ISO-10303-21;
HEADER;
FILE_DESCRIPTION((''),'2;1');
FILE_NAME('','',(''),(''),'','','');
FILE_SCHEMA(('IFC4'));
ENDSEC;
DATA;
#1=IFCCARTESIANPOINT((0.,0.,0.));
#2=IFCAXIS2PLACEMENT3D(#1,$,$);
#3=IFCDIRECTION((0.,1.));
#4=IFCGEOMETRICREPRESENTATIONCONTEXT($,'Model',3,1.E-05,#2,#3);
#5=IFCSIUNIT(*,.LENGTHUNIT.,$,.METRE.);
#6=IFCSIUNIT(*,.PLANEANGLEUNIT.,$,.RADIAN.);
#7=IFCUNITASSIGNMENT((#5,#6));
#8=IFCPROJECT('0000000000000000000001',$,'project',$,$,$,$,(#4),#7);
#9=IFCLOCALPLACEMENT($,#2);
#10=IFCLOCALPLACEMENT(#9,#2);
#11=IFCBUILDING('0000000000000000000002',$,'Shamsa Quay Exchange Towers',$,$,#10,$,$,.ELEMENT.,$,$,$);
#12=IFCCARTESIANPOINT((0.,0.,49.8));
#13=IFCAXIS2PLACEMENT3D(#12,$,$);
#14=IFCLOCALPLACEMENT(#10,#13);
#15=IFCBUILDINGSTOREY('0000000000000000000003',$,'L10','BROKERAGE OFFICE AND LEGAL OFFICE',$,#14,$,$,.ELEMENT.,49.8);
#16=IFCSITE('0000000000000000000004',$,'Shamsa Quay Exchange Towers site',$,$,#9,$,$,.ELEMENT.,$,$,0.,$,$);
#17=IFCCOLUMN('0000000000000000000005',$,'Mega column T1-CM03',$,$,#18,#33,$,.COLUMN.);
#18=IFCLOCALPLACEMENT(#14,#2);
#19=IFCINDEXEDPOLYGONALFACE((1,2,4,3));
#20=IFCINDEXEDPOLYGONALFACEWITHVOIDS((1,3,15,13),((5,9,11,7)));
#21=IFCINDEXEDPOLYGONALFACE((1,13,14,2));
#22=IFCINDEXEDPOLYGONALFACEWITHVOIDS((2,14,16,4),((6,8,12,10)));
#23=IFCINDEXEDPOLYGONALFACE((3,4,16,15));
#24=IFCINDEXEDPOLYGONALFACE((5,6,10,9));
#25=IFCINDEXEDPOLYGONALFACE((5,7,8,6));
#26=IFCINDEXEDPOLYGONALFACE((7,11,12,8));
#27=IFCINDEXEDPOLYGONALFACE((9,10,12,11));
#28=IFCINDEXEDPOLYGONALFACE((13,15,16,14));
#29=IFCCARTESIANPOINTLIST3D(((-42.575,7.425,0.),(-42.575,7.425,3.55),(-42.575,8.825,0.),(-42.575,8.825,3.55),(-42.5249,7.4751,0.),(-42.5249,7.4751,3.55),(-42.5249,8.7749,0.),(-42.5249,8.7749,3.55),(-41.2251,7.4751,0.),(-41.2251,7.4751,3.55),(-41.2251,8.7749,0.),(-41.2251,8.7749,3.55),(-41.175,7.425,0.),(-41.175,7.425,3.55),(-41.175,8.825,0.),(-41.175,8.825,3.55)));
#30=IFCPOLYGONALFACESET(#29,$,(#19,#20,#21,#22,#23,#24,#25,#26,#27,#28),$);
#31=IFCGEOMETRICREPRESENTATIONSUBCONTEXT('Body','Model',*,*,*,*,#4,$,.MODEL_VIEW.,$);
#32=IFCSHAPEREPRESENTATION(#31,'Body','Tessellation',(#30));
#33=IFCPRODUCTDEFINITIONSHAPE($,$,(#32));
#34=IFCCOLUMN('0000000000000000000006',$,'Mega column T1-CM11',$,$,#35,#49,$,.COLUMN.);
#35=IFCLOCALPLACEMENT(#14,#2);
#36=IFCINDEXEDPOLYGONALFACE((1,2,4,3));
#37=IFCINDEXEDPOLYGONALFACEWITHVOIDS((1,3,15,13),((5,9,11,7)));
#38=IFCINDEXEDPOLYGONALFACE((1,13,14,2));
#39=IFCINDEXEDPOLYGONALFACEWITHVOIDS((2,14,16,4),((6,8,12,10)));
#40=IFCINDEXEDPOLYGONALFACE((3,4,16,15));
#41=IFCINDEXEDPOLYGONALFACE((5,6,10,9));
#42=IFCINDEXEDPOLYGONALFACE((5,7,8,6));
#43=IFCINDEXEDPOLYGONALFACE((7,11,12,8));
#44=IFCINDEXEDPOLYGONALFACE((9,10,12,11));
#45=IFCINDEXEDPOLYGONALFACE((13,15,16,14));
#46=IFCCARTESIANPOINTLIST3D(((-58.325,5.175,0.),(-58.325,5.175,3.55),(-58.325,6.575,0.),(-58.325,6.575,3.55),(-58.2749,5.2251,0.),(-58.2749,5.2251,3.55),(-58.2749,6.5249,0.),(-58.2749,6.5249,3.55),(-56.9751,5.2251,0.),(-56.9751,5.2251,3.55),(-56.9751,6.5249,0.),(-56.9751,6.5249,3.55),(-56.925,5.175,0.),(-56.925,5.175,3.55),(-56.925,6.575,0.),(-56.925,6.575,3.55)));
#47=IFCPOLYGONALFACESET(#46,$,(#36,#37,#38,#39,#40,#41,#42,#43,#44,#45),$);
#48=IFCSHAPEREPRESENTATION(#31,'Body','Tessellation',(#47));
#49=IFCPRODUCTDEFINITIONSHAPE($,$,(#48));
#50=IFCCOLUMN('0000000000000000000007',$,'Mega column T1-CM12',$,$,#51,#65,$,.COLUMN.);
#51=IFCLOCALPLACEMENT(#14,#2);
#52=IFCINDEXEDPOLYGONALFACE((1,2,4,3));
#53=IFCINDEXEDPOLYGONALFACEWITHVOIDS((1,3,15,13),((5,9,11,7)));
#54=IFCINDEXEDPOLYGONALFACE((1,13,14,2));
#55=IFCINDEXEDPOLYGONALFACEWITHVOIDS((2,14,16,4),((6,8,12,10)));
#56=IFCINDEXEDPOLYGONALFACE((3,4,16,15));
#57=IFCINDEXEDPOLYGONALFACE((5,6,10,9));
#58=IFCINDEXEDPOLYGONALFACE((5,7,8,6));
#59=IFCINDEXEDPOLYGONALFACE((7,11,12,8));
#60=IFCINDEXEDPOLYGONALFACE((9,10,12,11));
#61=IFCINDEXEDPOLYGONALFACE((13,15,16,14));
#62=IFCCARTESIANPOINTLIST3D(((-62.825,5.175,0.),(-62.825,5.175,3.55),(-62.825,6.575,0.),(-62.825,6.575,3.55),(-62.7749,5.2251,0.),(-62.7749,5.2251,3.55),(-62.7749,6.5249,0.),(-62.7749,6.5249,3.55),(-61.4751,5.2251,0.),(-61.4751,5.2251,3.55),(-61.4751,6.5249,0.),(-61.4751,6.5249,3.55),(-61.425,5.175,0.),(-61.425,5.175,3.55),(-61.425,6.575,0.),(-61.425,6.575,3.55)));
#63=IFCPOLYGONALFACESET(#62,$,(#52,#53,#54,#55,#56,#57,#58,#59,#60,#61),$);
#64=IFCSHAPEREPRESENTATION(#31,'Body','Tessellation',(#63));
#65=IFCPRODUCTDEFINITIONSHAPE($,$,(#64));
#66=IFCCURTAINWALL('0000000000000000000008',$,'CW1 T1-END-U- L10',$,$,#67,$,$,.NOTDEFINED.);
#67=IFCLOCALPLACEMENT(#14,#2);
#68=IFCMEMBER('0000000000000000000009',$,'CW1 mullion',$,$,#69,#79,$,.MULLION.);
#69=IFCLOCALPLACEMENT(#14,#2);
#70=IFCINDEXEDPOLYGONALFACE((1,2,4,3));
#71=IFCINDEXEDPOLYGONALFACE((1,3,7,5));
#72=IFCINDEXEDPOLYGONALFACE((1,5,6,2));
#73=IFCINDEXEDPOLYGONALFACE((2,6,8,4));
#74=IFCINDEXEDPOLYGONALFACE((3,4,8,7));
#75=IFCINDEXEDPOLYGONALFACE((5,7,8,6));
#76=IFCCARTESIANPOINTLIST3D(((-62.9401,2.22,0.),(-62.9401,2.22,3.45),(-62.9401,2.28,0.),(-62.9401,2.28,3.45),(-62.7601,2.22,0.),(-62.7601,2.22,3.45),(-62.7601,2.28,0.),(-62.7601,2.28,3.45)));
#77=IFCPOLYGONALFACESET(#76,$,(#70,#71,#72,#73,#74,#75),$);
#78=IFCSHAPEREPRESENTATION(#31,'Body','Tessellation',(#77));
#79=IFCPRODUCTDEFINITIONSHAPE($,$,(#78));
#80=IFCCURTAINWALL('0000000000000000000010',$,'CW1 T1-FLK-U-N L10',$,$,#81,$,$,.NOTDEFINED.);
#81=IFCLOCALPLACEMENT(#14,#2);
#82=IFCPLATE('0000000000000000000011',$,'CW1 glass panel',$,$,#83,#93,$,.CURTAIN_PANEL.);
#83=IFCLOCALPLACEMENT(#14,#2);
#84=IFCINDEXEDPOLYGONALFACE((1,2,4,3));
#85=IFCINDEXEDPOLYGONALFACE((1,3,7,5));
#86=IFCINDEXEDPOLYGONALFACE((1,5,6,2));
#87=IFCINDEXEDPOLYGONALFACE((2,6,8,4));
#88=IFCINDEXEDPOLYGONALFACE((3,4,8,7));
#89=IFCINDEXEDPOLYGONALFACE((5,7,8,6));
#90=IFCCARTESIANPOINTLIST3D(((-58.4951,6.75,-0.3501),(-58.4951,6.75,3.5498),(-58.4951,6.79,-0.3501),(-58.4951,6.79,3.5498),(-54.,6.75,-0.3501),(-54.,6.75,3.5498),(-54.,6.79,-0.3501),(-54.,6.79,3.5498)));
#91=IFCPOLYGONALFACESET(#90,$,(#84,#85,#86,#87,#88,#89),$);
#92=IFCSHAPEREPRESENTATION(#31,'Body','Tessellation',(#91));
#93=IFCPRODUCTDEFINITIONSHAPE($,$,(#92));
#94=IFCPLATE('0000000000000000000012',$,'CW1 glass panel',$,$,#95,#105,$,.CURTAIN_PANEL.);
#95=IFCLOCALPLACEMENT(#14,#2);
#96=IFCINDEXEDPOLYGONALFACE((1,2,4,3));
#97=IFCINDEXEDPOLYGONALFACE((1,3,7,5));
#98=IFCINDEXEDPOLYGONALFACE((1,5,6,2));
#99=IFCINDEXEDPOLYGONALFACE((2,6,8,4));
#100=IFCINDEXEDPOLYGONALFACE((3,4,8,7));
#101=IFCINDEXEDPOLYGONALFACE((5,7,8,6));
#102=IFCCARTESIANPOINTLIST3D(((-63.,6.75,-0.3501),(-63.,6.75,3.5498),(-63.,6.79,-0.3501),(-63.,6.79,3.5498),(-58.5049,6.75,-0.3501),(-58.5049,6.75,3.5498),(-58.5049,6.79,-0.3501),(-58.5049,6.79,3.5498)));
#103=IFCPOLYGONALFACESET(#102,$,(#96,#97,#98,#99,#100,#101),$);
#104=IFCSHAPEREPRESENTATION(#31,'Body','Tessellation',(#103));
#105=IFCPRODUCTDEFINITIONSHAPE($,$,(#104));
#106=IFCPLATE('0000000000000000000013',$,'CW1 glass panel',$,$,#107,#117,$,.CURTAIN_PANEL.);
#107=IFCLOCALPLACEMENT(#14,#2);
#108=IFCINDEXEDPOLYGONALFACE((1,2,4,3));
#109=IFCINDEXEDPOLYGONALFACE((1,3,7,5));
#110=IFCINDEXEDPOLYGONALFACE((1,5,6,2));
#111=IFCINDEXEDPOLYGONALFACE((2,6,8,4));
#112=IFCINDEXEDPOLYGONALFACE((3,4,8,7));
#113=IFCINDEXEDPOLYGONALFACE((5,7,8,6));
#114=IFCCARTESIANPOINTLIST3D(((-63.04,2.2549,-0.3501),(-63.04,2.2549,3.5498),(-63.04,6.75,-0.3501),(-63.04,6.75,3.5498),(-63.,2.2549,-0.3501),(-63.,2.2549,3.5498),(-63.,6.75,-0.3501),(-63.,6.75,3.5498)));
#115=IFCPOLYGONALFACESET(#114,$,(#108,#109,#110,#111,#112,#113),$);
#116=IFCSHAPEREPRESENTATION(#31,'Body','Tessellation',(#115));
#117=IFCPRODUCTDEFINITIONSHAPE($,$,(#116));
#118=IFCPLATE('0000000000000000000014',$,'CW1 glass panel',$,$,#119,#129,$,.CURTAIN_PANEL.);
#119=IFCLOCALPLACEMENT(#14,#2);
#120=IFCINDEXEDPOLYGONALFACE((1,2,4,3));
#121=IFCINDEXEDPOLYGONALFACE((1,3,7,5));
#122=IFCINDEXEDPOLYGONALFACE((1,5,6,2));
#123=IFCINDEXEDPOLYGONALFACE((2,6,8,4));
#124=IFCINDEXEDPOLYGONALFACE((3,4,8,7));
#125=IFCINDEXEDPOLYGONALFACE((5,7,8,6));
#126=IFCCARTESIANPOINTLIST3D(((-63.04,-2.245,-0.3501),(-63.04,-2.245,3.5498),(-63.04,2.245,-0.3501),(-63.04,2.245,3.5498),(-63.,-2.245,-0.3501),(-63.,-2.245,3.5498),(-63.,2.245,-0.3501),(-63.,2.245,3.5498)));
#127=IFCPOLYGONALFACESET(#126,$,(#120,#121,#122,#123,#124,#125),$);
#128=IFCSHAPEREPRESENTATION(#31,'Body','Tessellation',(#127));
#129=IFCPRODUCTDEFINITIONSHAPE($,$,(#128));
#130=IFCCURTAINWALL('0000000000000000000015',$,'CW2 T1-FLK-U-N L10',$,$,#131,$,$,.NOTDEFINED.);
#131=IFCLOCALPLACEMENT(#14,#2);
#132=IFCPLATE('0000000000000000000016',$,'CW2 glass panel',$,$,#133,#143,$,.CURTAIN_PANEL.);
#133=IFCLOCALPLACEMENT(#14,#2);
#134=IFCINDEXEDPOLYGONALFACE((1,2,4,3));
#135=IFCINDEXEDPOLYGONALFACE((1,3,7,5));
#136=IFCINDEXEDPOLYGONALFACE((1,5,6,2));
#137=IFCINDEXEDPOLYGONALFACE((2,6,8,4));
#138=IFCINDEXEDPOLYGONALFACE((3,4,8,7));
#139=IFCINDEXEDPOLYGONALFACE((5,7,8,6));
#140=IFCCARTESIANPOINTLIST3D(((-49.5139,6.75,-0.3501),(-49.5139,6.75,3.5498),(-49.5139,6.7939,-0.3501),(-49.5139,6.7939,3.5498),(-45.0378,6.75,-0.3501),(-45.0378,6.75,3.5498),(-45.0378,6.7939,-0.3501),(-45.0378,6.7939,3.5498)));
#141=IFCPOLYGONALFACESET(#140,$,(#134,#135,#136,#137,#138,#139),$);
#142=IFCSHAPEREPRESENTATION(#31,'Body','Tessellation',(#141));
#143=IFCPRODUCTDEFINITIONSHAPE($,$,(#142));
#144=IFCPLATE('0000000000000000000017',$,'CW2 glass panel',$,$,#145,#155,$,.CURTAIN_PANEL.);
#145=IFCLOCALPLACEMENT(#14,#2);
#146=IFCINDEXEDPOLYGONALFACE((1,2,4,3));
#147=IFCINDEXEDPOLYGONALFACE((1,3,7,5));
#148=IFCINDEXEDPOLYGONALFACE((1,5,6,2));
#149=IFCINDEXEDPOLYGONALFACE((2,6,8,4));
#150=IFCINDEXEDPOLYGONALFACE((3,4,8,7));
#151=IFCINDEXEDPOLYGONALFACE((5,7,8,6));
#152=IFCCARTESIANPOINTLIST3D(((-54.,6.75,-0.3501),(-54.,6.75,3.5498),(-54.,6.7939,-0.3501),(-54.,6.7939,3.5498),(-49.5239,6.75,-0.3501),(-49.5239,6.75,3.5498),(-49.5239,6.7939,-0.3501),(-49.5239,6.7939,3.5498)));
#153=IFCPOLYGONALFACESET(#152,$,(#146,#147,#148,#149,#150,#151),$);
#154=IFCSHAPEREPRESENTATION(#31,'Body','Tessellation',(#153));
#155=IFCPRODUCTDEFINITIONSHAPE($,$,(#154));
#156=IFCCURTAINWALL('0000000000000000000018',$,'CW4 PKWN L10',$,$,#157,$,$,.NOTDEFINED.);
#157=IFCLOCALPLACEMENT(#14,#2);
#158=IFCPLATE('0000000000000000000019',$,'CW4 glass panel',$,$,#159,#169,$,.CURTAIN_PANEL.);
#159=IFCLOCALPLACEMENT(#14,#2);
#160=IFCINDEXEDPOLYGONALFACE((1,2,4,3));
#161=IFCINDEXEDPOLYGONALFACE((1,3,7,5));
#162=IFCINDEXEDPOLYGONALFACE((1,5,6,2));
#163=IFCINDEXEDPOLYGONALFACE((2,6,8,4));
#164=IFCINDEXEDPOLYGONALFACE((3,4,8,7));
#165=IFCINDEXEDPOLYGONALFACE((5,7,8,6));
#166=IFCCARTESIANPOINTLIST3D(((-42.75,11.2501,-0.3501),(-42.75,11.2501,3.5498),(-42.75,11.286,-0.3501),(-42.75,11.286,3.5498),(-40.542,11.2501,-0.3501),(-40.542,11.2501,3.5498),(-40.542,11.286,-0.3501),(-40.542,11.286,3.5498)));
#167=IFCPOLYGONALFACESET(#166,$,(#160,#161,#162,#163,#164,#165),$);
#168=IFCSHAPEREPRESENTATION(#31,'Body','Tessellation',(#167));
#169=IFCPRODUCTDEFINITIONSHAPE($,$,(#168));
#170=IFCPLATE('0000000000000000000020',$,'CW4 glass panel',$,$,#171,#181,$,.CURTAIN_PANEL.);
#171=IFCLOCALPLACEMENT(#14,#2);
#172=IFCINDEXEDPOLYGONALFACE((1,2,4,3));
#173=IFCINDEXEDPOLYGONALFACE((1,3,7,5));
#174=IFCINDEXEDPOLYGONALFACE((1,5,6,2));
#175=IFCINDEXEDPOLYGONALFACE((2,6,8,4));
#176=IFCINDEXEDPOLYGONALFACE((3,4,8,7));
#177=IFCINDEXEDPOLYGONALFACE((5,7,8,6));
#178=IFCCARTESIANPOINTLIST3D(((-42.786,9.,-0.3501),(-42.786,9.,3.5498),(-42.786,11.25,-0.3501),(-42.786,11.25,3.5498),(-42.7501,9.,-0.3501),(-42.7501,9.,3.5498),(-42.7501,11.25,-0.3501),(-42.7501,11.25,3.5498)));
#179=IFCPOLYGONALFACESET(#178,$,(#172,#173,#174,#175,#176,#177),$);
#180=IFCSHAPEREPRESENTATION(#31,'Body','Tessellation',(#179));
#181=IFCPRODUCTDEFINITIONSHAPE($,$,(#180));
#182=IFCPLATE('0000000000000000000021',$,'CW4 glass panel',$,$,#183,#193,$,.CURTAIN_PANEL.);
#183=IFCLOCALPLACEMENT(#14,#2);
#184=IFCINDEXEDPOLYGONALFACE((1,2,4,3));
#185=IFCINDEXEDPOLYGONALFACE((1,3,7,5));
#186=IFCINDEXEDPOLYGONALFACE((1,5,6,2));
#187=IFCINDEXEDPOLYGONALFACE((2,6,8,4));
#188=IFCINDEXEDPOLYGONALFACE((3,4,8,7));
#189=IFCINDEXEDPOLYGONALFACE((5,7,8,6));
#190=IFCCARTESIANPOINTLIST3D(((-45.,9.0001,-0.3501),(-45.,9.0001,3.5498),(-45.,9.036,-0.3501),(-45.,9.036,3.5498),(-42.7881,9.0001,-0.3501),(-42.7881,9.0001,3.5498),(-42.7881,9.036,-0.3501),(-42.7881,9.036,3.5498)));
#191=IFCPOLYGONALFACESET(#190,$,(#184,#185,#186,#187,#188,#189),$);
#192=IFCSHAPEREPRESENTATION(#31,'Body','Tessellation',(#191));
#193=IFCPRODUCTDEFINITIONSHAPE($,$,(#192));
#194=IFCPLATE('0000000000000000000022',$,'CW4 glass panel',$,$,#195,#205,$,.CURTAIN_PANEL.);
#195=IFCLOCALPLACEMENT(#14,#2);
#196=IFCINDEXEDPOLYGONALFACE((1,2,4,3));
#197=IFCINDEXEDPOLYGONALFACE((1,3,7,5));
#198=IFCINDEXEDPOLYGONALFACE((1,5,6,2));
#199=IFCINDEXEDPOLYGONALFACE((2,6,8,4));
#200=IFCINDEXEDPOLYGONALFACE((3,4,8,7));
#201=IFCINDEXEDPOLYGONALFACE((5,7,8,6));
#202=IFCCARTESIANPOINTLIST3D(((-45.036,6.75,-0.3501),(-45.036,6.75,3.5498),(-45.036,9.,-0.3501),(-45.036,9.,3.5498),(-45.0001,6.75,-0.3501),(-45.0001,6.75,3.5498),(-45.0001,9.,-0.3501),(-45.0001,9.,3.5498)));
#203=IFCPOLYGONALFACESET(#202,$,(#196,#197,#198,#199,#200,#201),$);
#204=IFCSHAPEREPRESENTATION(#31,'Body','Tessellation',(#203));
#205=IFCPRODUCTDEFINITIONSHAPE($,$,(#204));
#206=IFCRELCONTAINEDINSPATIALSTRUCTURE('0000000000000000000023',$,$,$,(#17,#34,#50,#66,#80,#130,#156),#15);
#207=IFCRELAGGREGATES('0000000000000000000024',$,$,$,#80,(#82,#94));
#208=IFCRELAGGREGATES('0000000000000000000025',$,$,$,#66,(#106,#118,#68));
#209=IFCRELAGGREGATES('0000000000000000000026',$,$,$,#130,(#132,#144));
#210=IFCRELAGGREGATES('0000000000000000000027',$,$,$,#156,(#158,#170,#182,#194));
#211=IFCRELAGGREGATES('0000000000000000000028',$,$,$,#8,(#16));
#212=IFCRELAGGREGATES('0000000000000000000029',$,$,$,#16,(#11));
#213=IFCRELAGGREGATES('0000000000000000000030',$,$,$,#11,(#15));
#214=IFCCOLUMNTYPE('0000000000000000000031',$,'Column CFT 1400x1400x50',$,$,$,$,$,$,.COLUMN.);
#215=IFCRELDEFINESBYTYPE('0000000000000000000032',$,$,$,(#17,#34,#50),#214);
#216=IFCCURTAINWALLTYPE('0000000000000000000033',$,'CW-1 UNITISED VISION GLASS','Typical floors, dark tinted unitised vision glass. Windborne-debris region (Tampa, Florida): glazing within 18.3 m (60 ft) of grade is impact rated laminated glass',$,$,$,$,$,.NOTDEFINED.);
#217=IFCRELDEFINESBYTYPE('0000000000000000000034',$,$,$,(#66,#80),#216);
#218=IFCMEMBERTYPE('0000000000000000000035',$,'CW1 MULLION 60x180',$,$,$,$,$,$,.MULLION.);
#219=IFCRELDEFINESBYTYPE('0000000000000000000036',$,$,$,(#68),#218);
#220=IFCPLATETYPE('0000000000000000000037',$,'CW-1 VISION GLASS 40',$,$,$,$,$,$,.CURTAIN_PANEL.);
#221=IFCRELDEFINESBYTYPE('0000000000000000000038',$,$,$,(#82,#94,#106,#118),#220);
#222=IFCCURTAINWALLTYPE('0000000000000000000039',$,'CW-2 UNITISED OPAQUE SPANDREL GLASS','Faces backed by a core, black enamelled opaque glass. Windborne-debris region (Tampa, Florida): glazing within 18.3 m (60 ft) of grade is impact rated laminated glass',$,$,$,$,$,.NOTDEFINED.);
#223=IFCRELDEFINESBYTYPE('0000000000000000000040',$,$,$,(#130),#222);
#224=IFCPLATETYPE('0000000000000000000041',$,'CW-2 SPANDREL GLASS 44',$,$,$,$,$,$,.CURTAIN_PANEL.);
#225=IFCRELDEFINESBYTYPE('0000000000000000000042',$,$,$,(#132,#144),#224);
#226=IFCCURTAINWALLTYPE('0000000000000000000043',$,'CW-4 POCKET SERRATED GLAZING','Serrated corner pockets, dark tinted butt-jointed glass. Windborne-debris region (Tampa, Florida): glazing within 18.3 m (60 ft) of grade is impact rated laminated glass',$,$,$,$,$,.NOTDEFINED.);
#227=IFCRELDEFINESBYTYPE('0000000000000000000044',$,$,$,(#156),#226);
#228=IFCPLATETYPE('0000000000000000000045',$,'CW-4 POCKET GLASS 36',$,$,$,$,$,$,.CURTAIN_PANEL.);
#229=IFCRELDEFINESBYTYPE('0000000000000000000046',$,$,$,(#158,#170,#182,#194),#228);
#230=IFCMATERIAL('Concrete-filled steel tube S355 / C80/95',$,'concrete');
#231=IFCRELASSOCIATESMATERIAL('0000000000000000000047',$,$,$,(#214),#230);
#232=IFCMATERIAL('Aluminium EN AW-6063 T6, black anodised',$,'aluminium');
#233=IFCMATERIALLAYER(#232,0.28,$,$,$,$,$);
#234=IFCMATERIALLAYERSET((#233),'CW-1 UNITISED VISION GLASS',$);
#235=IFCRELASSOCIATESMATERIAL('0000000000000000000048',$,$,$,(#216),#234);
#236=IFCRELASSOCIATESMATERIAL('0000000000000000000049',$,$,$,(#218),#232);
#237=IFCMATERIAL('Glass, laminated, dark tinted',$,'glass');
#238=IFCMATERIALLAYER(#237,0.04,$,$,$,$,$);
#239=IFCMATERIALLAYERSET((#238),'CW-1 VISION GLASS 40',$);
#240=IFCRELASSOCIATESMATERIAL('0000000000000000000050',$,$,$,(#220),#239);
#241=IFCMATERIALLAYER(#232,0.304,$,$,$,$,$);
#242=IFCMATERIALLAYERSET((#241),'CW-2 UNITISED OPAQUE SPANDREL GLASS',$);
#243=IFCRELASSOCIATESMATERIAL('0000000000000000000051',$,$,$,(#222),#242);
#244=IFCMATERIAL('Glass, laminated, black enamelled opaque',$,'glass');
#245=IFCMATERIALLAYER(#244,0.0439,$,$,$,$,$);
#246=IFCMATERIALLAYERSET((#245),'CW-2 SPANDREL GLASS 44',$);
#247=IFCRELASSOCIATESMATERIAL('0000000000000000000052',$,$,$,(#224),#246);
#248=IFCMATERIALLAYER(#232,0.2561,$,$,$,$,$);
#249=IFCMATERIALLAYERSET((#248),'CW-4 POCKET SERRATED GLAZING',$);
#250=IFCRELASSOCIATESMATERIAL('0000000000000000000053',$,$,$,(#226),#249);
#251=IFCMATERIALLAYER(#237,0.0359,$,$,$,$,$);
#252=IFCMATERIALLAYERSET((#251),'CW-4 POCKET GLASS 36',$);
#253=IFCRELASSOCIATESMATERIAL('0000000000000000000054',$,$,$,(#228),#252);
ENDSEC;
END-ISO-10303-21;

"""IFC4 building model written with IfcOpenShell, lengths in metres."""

from ifc_helpers import new_model, si_unit, direction, frame, origin, origin_2d, place, context, subcontext, project, spatial, rectangle, hollow_rectangle, extrude, material, layer, layer_set, material_profile, profile_set, type_object, element, aggregate, save


model = new_model("IFC4")

# Units and contexts
model_context = context("Model", 3, precision=1e-05, world=origin(), true_north=direction((0.0, 1.0)))
body_context = subcontext(model_context, "Body", "Model", "MODEL_VIEW")
ifc_project = project(units=[si_unit("LENGTHUNIT", "METRE"), si_unit("PLANEANGLEUNIT", "RADIAN")], contexts=[model_context])

# Site, building, storey
site_placement = place(None, origin())
site = spatial("IfcSite", under=ifc_project, at=site_placement, Name="Shamsa Quay Exchange Towers site", CompositionType="ELEMENT", RefElevation=0.0)
building_placement = place(site_placement, origin())
building = spatial("IfcBuilding", under=site, at=building_placement, Name="Shamsa Quay Exchange Towers", CompositionType="ELEMENT")
storey_placement = place(building_placement, frame((0.0, 0.0, 49.8)))
storey = spatial("IfcBuildingStorey", under=building, at=storey_placement, Name="L10", Description="BROKERAGE OFFICE AND LEGAL OFFICE", CompositionType="ELEMENT", Elevation=49.8)

# Columns
ifc_material_1 = material(Name="Concrete-filled steel tube S355 / C80/95", Category="concrete")
ifc_material_profile_1 = material_profile(ifc_material_1, hollow_rectangle(XDim=1.3999, YDim=1.3999, WallThickness=0.05, at=origin_2d()), Name="CFT 1400x1400x50")
ifc_profile_set_1 = profile_set([ifc_material_profile_1], Name="Concrete-filled steel tube S355 / C80/95")
column_type = type_object("IfcColumnType", Name="Column CFT 1400x1400x50", PredefinedType="COLUMN", material=ifc_profile_set_1)
for number, where, name in (
    (1, (-41.875, 8.125, 0.0), "Mega column T1-CM03"),
    (2, (-57.625, 5.875, 0.0), "Mega column T1-CM11"),
    (3, (-62.125, 5.875, 0.0), "Mega column T1-CM12"),
):
    element("IfcColumn", number, at=place(storey_placement, frame(where)), inside=storey, type_object=column_type, Name=name, PredefinedType="COLUMN", context=body_context, shape_type="SweptSolid", body=[
        extrude(hollow_rectangle(XDim=1.3999, YDim=1.3999, WallThickness=0.05, at=origin_2d()), origin(), (0.0, 0.0, 1.0), 3.55),
    ])

# Curtain wall, member
ifc_material_2 = material(Name="Aluminium EN AW-6063 T6, black anodised", Category="aluminium")
ifc_layer_1 = layer(ifc_material_2, 0.28)
ifc_layer_set_1 = layer_set([ifc_layer_1], Name="CW-1 UNITISED VISION GLASS")
curtain_wall_type_1 = type_object("IfcCurtainWallType", Name="CW-1 UNITISED VISION GLASS", Description="Typical floors, dark tinted unitised vision glass. Windborne-debris region (Tampa, Florida): glazing within 18.3 m (60 ft) of grade is impact rated laminated glass", PredefinedType="NOTDEFINED", material=ifc_layer_set_1)
curtain_wall_1_placement = place(storey_placement, origin())
curtain_wall_1 = element("IfcCurtainWall", 4, at=curtain_wall_1_placement, inside=storey, type_object=curtain_wall_type_1, Name="CW1 T1-END-U- L10", PredefinedType="NOTDEFINED")
ifc_material_profile_2 = material_profile(ifc_material_2, rectangle(XDim=0.1799, YDim=0.0601, at=origin_2d()), Name="MU60x180")
ifc_profile_set_2 = profile_set([ifc_material_profile_2], Name="Aluminium EN AW-6063 T6, black anodised")
member_type = type_object("IfcMemberType", Name="CW1 MULLION 60x180", PredefinedType="MULLION", material=ifc_profile_set_2)
member_placement = place(storey_placement, frame((-62.8501, 2.25, 0.0)))
member = element("IfcMember", 5, at=member_placement, type_object=member_type, Name="CW1 mullion", PredefinedType="MULLION", context=body_context, shape_type="SweptSolid", body=[
    extrude(rectangle(XDim=0.1799, YDim=0.0601, at=origin_2d()), origin(), (0.0, 0.0, 1.0), 3.45),
])

# Curtain wall, plates
curtain_wall_2_placement = place(storey_placement, origin())
curtain_wall_2 = element("IfcCurtainWall", 6, at=curtain_wall_2_placement, inside=storey, type_object=curtain_wall_type_1, Name="CW1 T1-FLK-U-N L10", PredefinedType="NOTDEFINED")
ifc_material_3 = material(Name="Glass, laminated, dark tinted", Category="glass")
ifc_layer_2 = layer(ifc_material_3, 0.04)
ifc_layer_set_2 = layer_set([ifc_layer_2], Name="CW-1 VISION GLASS 40")
plate_type_1 = type_object("IfcPlateType", Name="CW-1 VISION GLASS 40", PredefinedType="CURTAIN_PANEL", material=ifc_layer_set_2)
plate_1_placement = place(storey_placement, frame((-56.2476, 6.77, -0.3501), z_axis=(0.0, 0.0, 1.0), x_axis=(-1.0, 0.0, 0.0)))
plate_1 = element("IfcPlate", 7, at=plate_1_placement, type_object=plate_type_1, Name="CW1 glass panel", PredefinedType="CURTAIN_PANEL", context=body_context, shape_type="SweptSolid", body=[
    extrude(rectangle(XDim=4.4951, YDim=0.04, at=origin_2d()), origin(), (0.0, 0.0, 1.0), 3.8999),
])
plate_2_placement = place(storey_placement, frame((-60.7524, 6.77, -0.3501), z_axis=(0.0, 0.0, 1.0), x_axis=(-1.0, 0.0, 0.0)))
plate_2 = element("IfcPlate", 8, at=plate_2_placement, type_object=plate_type_1, Name="CW1 glass panel", PredefinedType="CURTAIN_PANEL", context=body_context, shape_type="SweptSolid", body=[
    extrude(rectangle(XDim=4.4951, YDim=0.04, at=origin_2d()), origin(), (0.0, 0.0, 1.0), 3.8999),
])
aggregate(curtain_wall_2, [plate_1, plate_2])

# Plates
plate_3_placement = place(storey_placement, frame((-63.02, 4.5024, -0.3501), z_axis=(0.0, 0.0, 1.0), x_axis=(0.0, -1.0, 0.0)))
plate_3 = element("IfcPlate", 9, at=plate_3_placement, type_object=plate_type_1, Name="CW1 glass panel", PredefinedType="CURTAIN_PANEL", context=body_context, shape_type="SweptSolid", body=[
    extrude(rectangle(XDim=4.4951, YDim=0.04, at=origin_2d()), origin(), (0.0, 0.0, 1.0), 3.8999),
])
plate_4_placement = place(storey_placement, frame((-63.02, 0.0, -0.3501), z_axis=(0.0, 0.0, 1.0), x_axis=(0.0, -1.0, 0.0)))
plate_4 = element("IfcPlate", 10, at=plate_4_placement, type_object=plate_type_1, Name="CW1 glass panel", PredefinedType="CURTAIN_PANEL", context=body_context, shape_type="SweptSolid", body=[
    extrude(rectangle(XDim=4.49, YDim=0.04, at=origin_2d()), origin(), (0.0, 0.0, 1.0), 3.8999),
])
aggregate(curtain_wall_1, [plate_3, plate_4, member])

# Curtain walls, plates
ifc_layer_3 = layer(ifc_material_2, 0.304)
ifc_layer_set_3 = layer_set([ifc_layer_3], Name="CW-2 UNITISED OPAQUE SPANDREL GLASS")
curtain_wall_type_2 = type_object("IfcCurtainWallType", Name="CW-2 UNITISED OPAQUE SPANDREL GLASS", Description="Faces backed by a core, black enamelled opaque glass. Windborne-debris region (Tampa, Florida): glazing within 18.3 m (60 ft) of grade is impact rated laminated glass", PredefinedType="NOTDEFINED", material=ifc_layer_set_3)
curtain_wall_3_placement = place(storey_placement, origin())
curtain_wall_3 = element("IfcCurtainWall", 11, at=curtain_wall_3_placement, inside=storey, type_object=curtain_wall_type_2, Name="CW2 T1-FLK-U-N L10", PredefinedType="NOTDEFINED")
ifc_material_4 = material(Name="Glass, laminated, black enamelled opaque", Category="glass")
ifc_layer_4 = layer(ifc_material_4, 0.0439)
ifc_layer_set_4 = layer_set([ifc_layer_4], Name="CW-2 SPANDREL GLASS 44")
plate_type_2 = type_object("IfcPlateType", Name="CW-2 SPANDREL GLASS 44", PredefinedType="CURTAIN_PANEL", material=ifc_layer_set_4)
plate_5_placement = place(storey_placement, frame((-47.2759, 6.772, -0.3501), z_axis=(0.0, 0.0, 1.0), x_axis=(-1.0, 0.0, 0.0)))
plate_5 = element("IfcPlate", 12, at=plate_5_placement, type_object=plate_type_2, Name="CW2 glass panel", PredefinedType="CURTAIN_PANEL", context=body_context, shape_type="SweptSolid", body=[
    extrude(rectangle(XDim=4.4761, YDim=0.0439, at=origin_2d()), origin(), (0.0, 0.0, 1.0), 3.8999),
])
plate_6_placement = place(storey_placement, frame((-51.762, 6.772, -0.3501), z_axis=(0.0, 0.0, 1.0), x_axis=(-1.0, 0.0, 0.0)))
plate_6 = element("IfcPlate", 13, at=plate_6_placement, type_object=plate_type_2, Name="CW2 glass panel", PredefinedType="CURTAIN_PANEL", context=body_context, shape_type="SweptSolid", body=[
    extrude(rectangle(XDim=4.4761, YDim=0.0439, at=origin_2d()), origin(), (0.0, 0.0, 1.0), 3.8999),
])
aggregate(curtain_wall_3, [plate_5, plate_6])
ifc_layer_5 = layer(ifc_material_2, 0.2561)
ifc_layer_set_5 = layer_set([ifc_layer_5], Name="CW-4 POCKET SERRATED GLAZING")
curtain_wall_type_3 = type_object("IfcCurtainWallType", Name="CW-4 POCKET SERRATED GLAZING", Description="Serrated corner pockets, dark tinted butt-jointed glass. Windborne-debris region (Tampa, Florida): glazing within 18.3 m (60 ft) of grade is impact rated laminated glass", PredefinedType="NOTDEFINED", material=ifc_layer_set_5)
curtain_wall_4_placement = place(storey_placement, origin())
curtain_wall_4 = element("IfcCurtainWall", 14, at=curtain_wall_4_placement, inside=storey, type_object=curtain_wall_type_3, Name="CW4 PKWN L10", PredefinedType="NOTDEFINED")
ifc_layer_6 = layer(ifc_material_3, 0.0359)
ifc_layer_set_6 = layer_set([ifc_layer_6], Name="CW-4 POCKET GLASS 36")
plate_type_3 = type_object("IfcPlateType", Name="CW-4 POCKET GLASS 36", PredefinedType="CURTAIN_PANEL", material=ifc_layer_set_6)
plate_7_placement = place(storey_placement, frame((-41.646, 11.2681, -0.3501), z_axis=(0.0, 0.0, 1.0), x_axis=(-1.0, 0.0, 0.0)))
plate_7 = element("IfcPlate", 15, at=plate_7_placement, type_object=plate_type_3, Name="CW4 glass panel", PredefinedType="CURTAIN_PANEL", context=body_context, shape_type="SweptSolid", body=[
    extrude(rectangle(XDim=2.208, YDim=0.0359, at=origin_2d()), origin(), (0.0, 0.0, 1.0), 3.8999),
])
plate_8_placement = place(storey_placement, frame((-42.7681, 10.125, -0.3501), z_axis=(0.0, 0.0, 1.0), x_axis=(0.0, -1.0, 0.0)))
plate_8 = element("IfcPlate", 16, at=plate_8_placement, type_object=plate_type_3, Name="CW4 glass panel", PredefinedType="CURTAIN_PANEL", context=body_context, shape_type="SweptSolid", body=[
    extrude(rectangle(XDim=2.25, YDim=0.0359, at=origin_2d()), origin(), (0.0, 0.0, 1.0), 3.8999),
])
plate_9_placement = place(storey_placement, frame((-43.894, 9.0181, -0.3501), z_axis=(0.0, 0.0, 1.0), x_axis=(-1.0, 0.0, 0.0)))
plate_9 = element("IfcPlate", 17, at=plate_9_placement, type_object=plate_type_3, Name="CW4 glass panel", PredefinedType="CURTAIN_PANEL", context=body_context, shape_type="SweptSolid", body=[
    extrude(rectangle(XDim=2.2119, YDim=0.0359, at=origin_2d()), origin(), (0.0, 0.0, 1.0), 3.8999),
])
plate_10_placement = place(storey_placement, frame((-45.0181, 7.875, -0.3501), z_axis=(0.0, 0.0, 1.0), x_axis=(0.0, -1.0, 0.0)))
plate_10 = element("IfcPlate", 18, at=plate_10_placement, type_object=plate_type_3, Name="CW4 glass panel", PredefinedType="CURTAIN_PANEL", context=body_context, shape_type="SweptSolid", body=[
    extrude(rectangle(XDim=2.25, YDim=0.0359, at=origin_2d()), origin(), (0.0, 0.0, 1.0), 3.8999),
])
aggregate(curtain_wall_4, [plate_7, plate_8, plate_9, plate_10])

save(model, "model.ifc")
